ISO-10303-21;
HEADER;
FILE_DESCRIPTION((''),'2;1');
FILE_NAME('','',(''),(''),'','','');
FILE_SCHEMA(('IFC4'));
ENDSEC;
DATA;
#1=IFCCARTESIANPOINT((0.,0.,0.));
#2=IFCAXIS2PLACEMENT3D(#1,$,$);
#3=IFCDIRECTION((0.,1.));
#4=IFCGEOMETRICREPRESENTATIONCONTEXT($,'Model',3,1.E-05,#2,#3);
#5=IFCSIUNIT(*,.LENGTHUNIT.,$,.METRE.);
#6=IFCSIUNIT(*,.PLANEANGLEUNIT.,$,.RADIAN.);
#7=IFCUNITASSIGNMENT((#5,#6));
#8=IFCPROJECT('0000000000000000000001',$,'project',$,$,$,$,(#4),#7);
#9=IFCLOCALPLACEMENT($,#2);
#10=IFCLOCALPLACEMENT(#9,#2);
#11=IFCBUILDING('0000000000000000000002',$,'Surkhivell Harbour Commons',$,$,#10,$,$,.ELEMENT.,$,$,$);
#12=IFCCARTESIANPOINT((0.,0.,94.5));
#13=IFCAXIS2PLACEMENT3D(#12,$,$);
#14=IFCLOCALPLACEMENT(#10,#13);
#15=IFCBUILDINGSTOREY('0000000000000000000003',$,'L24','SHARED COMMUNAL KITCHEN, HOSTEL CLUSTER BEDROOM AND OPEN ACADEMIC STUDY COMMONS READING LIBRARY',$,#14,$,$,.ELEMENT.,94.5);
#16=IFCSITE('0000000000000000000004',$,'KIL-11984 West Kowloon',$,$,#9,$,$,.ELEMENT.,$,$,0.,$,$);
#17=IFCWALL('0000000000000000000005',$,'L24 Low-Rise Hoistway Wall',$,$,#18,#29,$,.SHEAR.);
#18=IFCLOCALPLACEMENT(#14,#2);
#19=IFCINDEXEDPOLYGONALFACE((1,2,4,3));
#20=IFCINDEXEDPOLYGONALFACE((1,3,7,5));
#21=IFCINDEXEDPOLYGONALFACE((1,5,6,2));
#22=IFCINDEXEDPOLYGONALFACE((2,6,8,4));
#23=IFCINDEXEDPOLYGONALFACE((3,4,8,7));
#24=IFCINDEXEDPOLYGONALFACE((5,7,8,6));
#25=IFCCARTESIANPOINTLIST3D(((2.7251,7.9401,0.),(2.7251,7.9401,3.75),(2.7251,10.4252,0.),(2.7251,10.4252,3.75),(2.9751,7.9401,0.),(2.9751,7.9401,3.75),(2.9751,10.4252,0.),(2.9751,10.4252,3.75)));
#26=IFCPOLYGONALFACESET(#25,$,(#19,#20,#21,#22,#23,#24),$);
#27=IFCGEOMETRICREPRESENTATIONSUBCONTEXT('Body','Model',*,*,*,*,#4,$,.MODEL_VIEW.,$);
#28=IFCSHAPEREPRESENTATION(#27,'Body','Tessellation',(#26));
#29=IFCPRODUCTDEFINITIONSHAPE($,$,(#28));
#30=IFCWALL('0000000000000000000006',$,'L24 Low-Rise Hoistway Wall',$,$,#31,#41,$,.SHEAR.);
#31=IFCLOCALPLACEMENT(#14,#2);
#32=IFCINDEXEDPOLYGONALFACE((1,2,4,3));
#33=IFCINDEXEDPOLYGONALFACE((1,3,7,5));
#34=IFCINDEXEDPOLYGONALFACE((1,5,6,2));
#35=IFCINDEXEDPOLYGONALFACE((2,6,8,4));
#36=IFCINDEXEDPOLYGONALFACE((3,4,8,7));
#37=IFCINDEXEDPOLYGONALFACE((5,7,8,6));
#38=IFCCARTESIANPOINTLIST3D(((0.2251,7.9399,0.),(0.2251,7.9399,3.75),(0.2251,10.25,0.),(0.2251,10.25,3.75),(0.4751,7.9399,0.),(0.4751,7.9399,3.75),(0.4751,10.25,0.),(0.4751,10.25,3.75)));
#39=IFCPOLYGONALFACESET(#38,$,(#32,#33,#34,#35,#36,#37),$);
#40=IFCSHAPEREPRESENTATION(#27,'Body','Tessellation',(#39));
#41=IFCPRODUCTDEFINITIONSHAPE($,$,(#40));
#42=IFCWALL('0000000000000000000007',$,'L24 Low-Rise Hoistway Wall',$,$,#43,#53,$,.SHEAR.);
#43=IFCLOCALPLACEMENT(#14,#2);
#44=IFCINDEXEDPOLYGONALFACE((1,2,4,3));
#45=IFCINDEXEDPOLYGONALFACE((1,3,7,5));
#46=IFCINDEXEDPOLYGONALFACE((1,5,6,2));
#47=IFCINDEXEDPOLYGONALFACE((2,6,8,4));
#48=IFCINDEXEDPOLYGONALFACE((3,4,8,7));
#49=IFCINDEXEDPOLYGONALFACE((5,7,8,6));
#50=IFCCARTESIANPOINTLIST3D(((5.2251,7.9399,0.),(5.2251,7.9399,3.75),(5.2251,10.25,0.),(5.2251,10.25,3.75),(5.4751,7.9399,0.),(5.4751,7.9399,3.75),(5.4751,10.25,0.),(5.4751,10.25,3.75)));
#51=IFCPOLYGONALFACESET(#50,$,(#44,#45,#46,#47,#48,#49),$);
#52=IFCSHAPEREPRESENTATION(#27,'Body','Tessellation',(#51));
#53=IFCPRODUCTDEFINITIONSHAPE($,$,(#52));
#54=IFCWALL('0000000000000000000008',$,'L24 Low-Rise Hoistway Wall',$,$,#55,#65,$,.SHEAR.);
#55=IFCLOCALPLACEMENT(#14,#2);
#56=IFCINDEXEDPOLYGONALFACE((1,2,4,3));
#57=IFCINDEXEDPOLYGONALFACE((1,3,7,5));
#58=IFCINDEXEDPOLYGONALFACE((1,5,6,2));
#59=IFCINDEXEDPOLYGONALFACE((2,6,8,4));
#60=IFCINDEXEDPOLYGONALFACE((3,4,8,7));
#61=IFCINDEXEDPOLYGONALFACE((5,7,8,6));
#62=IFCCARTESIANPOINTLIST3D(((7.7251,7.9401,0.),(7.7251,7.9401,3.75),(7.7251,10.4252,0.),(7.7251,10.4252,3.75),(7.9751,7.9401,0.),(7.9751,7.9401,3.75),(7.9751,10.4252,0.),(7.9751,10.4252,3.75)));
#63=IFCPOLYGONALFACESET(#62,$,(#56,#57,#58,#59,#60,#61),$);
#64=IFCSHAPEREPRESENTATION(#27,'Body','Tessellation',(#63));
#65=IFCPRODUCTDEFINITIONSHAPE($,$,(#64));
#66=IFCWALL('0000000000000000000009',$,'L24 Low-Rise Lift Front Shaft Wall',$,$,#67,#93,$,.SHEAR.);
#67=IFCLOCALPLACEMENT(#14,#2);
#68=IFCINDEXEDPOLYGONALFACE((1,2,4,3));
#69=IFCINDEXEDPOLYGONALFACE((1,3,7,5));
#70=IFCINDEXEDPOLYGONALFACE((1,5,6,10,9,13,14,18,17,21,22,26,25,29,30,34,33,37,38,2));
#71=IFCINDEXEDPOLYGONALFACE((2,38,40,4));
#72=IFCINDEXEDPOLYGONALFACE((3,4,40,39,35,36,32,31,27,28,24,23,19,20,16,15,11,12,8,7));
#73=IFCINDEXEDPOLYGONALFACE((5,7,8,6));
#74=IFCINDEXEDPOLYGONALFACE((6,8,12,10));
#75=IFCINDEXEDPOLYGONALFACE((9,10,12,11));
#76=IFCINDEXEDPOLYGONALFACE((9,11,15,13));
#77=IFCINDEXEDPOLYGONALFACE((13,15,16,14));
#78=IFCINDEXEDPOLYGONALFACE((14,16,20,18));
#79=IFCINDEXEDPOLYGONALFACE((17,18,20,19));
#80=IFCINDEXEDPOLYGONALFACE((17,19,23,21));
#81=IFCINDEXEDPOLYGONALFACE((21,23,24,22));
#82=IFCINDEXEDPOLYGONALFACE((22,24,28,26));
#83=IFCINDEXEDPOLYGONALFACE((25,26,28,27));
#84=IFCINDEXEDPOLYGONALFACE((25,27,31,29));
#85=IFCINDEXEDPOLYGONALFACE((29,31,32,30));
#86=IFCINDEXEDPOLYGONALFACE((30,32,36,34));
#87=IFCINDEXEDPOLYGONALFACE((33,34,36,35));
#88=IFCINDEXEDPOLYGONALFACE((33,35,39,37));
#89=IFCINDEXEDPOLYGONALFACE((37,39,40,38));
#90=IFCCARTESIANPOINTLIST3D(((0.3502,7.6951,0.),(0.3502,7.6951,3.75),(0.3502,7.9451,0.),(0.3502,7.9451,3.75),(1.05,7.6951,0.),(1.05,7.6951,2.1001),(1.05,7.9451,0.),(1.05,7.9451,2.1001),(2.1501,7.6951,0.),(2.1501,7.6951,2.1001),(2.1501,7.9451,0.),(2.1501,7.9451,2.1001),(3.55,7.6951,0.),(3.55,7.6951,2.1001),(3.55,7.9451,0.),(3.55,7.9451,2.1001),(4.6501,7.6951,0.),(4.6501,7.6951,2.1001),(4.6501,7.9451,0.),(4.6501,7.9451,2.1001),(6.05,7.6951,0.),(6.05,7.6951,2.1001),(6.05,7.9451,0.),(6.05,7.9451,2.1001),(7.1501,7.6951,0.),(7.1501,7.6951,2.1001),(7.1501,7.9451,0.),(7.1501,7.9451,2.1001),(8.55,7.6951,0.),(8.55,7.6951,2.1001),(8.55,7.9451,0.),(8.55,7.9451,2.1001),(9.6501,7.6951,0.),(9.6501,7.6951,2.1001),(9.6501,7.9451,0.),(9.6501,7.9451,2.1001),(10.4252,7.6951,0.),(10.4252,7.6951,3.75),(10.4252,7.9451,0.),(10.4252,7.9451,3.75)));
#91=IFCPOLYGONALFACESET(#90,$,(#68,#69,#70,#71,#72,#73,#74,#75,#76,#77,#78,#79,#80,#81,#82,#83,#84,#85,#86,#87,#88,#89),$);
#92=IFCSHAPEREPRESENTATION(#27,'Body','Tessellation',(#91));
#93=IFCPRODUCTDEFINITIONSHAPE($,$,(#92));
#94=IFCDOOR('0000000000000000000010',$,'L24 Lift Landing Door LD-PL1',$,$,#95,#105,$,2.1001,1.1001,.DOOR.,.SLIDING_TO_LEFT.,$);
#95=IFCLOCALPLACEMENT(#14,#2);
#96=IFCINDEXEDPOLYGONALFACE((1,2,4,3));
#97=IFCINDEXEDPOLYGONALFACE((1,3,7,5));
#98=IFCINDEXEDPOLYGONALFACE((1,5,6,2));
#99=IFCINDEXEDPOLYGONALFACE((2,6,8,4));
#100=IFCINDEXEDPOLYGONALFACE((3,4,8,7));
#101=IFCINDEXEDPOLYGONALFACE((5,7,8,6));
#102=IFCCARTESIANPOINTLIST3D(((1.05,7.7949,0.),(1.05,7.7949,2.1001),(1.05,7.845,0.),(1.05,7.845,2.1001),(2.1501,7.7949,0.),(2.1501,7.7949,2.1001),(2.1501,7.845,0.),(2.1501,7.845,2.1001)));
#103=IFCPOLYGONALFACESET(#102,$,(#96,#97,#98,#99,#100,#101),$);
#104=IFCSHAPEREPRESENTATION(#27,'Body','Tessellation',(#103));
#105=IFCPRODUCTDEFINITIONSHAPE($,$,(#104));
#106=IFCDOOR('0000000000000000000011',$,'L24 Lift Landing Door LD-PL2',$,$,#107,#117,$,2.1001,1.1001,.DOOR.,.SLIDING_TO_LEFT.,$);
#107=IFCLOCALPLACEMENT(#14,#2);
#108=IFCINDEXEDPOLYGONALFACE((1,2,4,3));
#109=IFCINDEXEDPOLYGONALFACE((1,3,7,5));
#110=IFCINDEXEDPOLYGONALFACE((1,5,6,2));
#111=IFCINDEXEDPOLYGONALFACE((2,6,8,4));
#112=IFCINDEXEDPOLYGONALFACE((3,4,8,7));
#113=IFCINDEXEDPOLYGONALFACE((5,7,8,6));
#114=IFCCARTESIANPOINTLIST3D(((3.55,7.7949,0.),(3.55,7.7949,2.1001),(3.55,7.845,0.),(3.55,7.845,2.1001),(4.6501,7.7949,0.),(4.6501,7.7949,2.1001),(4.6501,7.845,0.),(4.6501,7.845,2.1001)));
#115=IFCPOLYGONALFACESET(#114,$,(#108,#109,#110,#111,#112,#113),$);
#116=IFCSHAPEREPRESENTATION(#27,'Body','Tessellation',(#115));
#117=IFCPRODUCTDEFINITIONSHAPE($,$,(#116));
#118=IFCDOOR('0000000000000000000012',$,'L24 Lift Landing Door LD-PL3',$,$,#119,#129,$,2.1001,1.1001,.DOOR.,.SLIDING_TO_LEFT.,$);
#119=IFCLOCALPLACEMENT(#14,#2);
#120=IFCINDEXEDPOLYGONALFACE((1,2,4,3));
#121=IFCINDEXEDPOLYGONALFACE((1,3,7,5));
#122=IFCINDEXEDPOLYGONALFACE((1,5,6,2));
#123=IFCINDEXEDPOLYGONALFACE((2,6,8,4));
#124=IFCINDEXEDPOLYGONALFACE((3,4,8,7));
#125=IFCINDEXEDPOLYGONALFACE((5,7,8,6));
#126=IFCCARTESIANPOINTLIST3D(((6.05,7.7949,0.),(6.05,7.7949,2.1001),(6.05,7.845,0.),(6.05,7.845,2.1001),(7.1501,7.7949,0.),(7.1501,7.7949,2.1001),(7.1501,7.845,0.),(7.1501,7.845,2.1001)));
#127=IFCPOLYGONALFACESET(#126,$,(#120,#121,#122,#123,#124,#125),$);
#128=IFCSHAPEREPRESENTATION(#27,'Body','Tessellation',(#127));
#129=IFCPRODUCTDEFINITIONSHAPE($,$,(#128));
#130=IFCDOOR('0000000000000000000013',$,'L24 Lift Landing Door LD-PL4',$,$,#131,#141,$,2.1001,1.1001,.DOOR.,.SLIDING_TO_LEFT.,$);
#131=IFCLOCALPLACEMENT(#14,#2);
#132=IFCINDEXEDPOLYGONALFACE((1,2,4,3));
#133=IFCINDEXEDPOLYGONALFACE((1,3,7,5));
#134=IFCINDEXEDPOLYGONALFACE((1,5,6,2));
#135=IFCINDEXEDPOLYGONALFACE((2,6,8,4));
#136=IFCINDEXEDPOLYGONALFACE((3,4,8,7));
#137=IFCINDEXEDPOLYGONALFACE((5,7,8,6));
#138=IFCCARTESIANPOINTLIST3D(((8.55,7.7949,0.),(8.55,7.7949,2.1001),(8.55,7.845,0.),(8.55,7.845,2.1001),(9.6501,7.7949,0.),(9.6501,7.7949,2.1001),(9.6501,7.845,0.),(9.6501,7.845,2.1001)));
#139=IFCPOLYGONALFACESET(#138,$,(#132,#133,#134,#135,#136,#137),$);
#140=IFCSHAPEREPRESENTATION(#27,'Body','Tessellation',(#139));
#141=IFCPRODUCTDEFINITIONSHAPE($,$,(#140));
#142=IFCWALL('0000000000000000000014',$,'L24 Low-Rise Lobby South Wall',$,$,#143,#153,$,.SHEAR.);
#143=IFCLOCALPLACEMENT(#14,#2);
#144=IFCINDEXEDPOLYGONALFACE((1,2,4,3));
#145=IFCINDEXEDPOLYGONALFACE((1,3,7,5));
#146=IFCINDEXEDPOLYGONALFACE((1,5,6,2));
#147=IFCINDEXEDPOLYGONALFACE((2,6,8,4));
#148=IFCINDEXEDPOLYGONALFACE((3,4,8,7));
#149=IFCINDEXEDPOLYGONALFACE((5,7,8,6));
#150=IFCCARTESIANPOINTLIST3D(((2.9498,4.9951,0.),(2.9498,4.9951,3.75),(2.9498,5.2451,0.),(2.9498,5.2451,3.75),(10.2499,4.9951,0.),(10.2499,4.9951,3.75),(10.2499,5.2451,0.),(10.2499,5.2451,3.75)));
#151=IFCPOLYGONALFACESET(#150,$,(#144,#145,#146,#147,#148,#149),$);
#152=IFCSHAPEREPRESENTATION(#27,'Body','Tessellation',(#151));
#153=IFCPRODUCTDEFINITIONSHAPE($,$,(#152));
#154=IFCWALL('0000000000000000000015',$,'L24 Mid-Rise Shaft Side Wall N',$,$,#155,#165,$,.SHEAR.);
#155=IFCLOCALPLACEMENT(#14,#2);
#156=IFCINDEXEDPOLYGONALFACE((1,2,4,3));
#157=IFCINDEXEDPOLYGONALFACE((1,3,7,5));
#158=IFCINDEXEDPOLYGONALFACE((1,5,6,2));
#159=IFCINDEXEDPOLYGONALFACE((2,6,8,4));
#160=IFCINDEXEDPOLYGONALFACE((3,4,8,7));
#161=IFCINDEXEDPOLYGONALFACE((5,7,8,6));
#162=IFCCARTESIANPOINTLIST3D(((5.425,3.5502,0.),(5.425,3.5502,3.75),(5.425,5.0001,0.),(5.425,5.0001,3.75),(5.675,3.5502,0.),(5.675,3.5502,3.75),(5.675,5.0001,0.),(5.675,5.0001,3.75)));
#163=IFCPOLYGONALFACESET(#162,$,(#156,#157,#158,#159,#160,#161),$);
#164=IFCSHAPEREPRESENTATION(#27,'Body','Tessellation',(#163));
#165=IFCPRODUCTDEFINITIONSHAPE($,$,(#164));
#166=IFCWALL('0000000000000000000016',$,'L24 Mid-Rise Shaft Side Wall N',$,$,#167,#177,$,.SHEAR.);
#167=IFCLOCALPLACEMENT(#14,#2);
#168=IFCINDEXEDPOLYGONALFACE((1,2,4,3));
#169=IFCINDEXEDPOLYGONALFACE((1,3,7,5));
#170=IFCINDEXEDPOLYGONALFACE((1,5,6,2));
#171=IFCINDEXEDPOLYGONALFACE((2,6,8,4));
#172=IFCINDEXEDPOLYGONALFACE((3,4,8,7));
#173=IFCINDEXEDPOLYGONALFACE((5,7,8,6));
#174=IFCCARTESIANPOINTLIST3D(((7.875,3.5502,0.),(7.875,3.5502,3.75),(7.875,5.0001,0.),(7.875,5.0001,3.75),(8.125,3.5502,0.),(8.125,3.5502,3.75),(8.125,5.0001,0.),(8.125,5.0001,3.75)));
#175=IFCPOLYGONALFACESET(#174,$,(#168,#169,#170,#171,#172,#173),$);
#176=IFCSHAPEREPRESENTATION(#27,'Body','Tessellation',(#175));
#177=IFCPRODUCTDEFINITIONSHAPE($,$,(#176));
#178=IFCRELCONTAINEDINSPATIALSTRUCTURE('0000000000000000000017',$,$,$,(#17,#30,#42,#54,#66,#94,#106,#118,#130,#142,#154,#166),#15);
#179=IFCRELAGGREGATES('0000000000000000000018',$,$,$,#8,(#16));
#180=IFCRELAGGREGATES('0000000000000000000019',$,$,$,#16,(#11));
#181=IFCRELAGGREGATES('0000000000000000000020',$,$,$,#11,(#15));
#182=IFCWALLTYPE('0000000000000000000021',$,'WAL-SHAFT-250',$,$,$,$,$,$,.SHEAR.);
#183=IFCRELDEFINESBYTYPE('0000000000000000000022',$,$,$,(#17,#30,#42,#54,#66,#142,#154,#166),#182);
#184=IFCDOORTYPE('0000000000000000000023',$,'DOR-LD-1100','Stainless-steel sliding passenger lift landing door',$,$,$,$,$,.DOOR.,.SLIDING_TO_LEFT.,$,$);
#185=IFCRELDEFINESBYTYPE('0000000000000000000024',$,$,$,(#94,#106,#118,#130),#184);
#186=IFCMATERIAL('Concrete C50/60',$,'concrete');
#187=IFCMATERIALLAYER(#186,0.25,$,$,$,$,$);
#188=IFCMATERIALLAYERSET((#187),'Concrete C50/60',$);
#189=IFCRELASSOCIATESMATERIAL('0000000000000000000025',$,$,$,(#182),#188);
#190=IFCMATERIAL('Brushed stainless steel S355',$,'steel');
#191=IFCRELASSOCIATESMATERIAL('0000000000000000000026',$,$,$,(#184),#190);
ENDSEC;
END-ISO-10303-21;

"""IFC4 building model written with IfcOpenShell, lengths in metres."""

from ifc_helpers import new_model, si_unit, direction, frame, frame_2d, origin, place, context, subcontext, project, spatial, rectangle, extrude, material, layer, layer_set, type_object, element, fill, save


model = new_model("IFC4")

# Units and contexts
model_context = context("Model", 3, precision=1e-05, world=origin(), true_north=direction((0.0, 1.0)))
body_context = subcontext(model_context, "Body", "Model", "MODEL_VIEW")
ifc_project = project(units=[si_unit("LENGTHUNIT", "METRE"), si_unit("PLANEANGLEUNIT", "RADIAN")], contexts=[model_context])

# Site, building, storey
site_placement = place(None, origin())
site = spatial("IfcSite", under=ifc_project, at=site_placement, Name="KIL-11984 West Kowloon", CompositionType="ELEMENT", RefElevation=0.0)
building_placement = place(site_placement, origin())
building = spatial("IfcBuilding", under=site, at=building_placement, Name="Surkhivell Harbour Commons", CompositionType="ELEMENT")
storey_placement = place(building_placement, frame((0.0, 0.0, 94.5)))
storey = spatial("IfcBuildingStorey", under=building, at=storey_placement, Name="L24", Description="SHARED COMMUNAL KITCHEN, HOSTEL CLUSTER BEDROOM AND OPEN ACADEMIC STUDY COMMONS READING LIBRARY", CompositionType="ELEMENT", Elevation=94.5)

# Walls
ifc_material_1 = material(Name="Concrete C50/60", Category="concrete")
ifc_layer_1 = layer(ifc_material_1, 0.25)
ifc_layer_set_1 = layer_set([ifc_layer_1], Name="Concrete C50/60")
wall_type_1 = type_object("IfcWallType", Name="WAL-SHAFT-250", PredefinedType="SHEAR", material=ifc_layer_set_1)
wall_1_placement = place(storey_placement, frame((2.8501, 7.9399, 0.0), z_axis=(0.0, 0.0, 1.0), x_axis=(0.0, 1.0, 0.0)))
element("IfcWall", 1, at=wall_1_placement, inside=storey, type_object=wall_type_1, Name="L24 Low-Rise Hoistway Wall", PredefinedType="SHEAR", context=body_context, shape_type="SweptSolid", body=[
    extrude(rectangle(XDim=2.4851, YDim=0.25, at=frame_2d((1.2427, 0.0))), origin(), (0.0, 0.0, 1.0), 3.75),
])
for number, where, z_axis, x_axis, name in (
    (2, (0.3501, 7.9399, 0.0), (0.0, 0.0, 1.0), (0.0, 1.0, 0.0), "L24 Low-Rise Hoistway Wall"),
    (3, (5.3501, 7.9399, 0.0), (0.0, 0.0, 1.0), (0.0, 1.0, 0.0), "L24 Low-Rise Hoistway Wall"),
):
    element("IfcWall", number, at=place(storey_placement, frame(where, z_axis=z_axis, x_axis=x_axis)), inside=storey, type_object=wall_type_1, Name=name, PredefinedType="SHEAR", context=body_context, shape_type="SweptSolid", body=[
        extrude(rectangle(XDim=2.3101, YDim=0.25, at=frame_2d((1.155, 0.0))), origin(), (0.0, 0.0, 1.0), 3.75),
    ])
wall_2_placement = place(storey_placement, frame((7.8501, 7.9399, 0.0), z_axis=(0.0, 0.0, 1.0), x_axis=(0.0, 1.0, 0.0)))
element("IfcWall", 4, at=wall_2_placement, inside=storey, type_object=wall_type_1, Name="L24 Low-Rise Hoistway Wall", PredefinedType="SHEAR", context=body_context, shape_type="SweptSolid", body=[
    extrude(rectangle(XDim=2.4851, YDim=0.25, at=frame_2d((1.2427, 0.0))), origin(), (0.0, 0.0, 1.0), 3.75),
])

# Wall, openings, doors
wall_3_placement = place(storey_placement, frame((0.3501, 7.8201, 0.0), z_axis=(0.0, 0.0, 1.0), x_axis=(1.0, 0.0, 0.0)))
wall_3 = element("IfcWall", 5, at=wall_3_placement, inside=storey, type_object=wall_type_1, Name="L24 Low-Rise Lift Front Shaft Wall", PredefinedType="SHEAR", context=body_context, shape_type="SweptSolid", body=[
    extrude(rectangle(XDim=10.075, YDim=0.25, at=frame_2d((5.0376, 0.0))), origin(), (0.0, 0.0, 1.0), 3.75),
])
opening_1_placement = place(wall_3_placement, frame((0.7, 0.0, 0.0)))
opening_1 = element("IfcOpeningElement", 6, at=opening_1_placement, cuts=wall_3, PredefinedType="OPENING", context=body_context, shape_type="SweptSolid", body=[
    extrude(rectangle(XDim=1.1001, YDim=2.1001, at=frame_2d((0.55, 1.05))), frame((0.0, 0.135, 0.0), z_axis=(0.0, -1.0, 0.0), x_axis=(1.0, 0.0, 0.0)), (0.0, 0.0, 1.0), 0.27),
])
opening_2_placement = place(wall_3_placement, frame((3.2, 0.0, 0.0)))
opening_2 = element("IfcOpeningElement", 7, at=opening_2_placement, cuts=wall_3, PredefinedType="OPENING", context=body_context, shape_type="SweptSolid", body=[
    extrude(rectangle(XDim=1.1001, YDim=2.1001, at=frame_2d((0.55, 1.05))), frame((0.0, 0.135, 0.0), z_axis=(0.0, -1.0, 0.0), x_axis=(1.0, 0.0, 0.0)), (0.0, 0.0, 1.0), 0.27),
])
opening_3_placement = place(wall_3_placement, frame((5.7, 0.0, 0.0)))
opening_3 = element("IfcOpeningElement", 8, at=opening_3_placement, cuts=wall_3, PredefinedType="OPENING", context=body_context, shape_type="SweptSolid", body=[
    extrude(rectangle(XDim=1.1001, YDim=2.1001, at=frame_2d((0.55, 1.05))), frame((0.0, 0.135, 0.0), z_axis=(0.0, -1.0, 0.0), x_axis=(1.0, 0.0, 0.0)), (0.0, 0.0, 1.0), 0.27),
])
opening_4_placement = place(wall_3_placement, frame((8.2, 0.0, 0.0)))
opening_4 = element("IfcOpeningElement", 9, at=opening_4_placement, cuts=wall_3, PredefinedType="OPENING", context=body_context, shape_type="SweptSolid", body=[
    extrude(rectangle(XDim=1.1001, YDim=2.1001, at=frame_2d((0.55, 1.05))), frame((0.0, 0.135, 0.0), z_axis=(0.0, -1.0, 0.0), x_axis=(1.0, 0.0, 0.0)), (0.0, 0.0, 1.0), 0.27),
])
ifc_material_2 = material(Name="Brushed stainless steel S355", Category="steel")
door_type_1 = type_object("IfcDoorType", Name="DOR-LD-1100", Description="Stainless-steel sliding passenger lift landing door", OperationType="SLIDING_TO_LEFT", PredefinedType="DOOR", material=ifc_material_2)
door_1_placement = place(opening_1_placement, origin())
door_1 = element("IfcDoor", 10, at=door_1_placement, inside=storey, type_object=door_type_1, Name="L24 Lift Landing Door LD-PL1", OperationType="SLIDING_TO_LEFT", OverallHeight=2.1001, OverallWidth=1.1001, PredefinedType="DOOR", context=body_context, shape_type="SweptSolid", body=[
    extrude(rectangle(XDim=1.1001, YDim=2.1001, at=frame_2d((0.55, 1.05))), frame((0.0, 0.0249, 0.0), z_axis=(0.0, -1.0, 0.0), x_axis=(1.0, 0.0, 0.0)), (0.0, 0.0, 1.0), 0.05),
])
fill(opening_1, door_1)
door_2_placement = place(opening_2_placement, origin())
door_2 = element("IfcDoor", 11, at=door_2_placement, inside=storey, type_object=door_type_1, Name="L24 Lift Landing Door LD-PL2", OperationType="SLIDING_TO_LEFT", OverallHeight=2.1001, OverallWidth=1.1001, PredefinedType="DOOR", context=body_context, shape_type="SweptSolid", body=[
    extrude(rectangle(XDim=1.1001, YDim=2.1001, at=frame_2d((0.55, 1.05))), frame((0.0, 0.0249, 0.0), z_axis=(0.0, -1.0, 0.0), x_axis=(1.0, 0.0, 0.0)), (0.0, 0.0, 1.0), 0.05),
])
fill(opening_2, door_2)
door_3_placement = place(opening_3_placement, origin())
door_3 = element("IfcDoor", 12, at=door_3_placement, inside=storey, type_object=door_type_1, Name="L24 Lift Landing Door LD-PL3", OperationType="SLIDING_TO_LEFT", OverallHeight=2.1001, OverallWidth=1.1001, PredefinedType="DOOR", context=body_context, shape_type="SweptSolid", body=[
    extrude(rectangle(XDim=1.1001, YDim=2.1001, at=frame_2d((0.55, 1.05))), frame((0.0, 0.0249, 0.0), z_axis=(0.0, -1.0, 0.0), x_axis=(1.0, 0.0, 0.0)), (0.0, 0.0, 1.0), 0.05),
])
fill(opening_3, door_3)
door_4_placement = place(opening_4_placement, origin())
door_4 = element("IfcDoor", 13, at=door_4_placement, inside=storey, type_object=door_type_1, Name="L24 Lift Landing Door LD-PL4", OperationType="SLIDING_TO_LEFT", OverallHeight=2.1001, OverallWidth=1.1001, PredefinedType="DOOR", context=body_context, shape_type="SweptSolid", body=[
    extrude(rectangle(XDim=1.1001, YDim=2.1001, at=frame_2d((0.55, 1.05))), frame((0.0, 0.0249, 0.0), z_axis=(0.0, -1.0, 0.0), x_axis=(1.0, 0.0, 0.0)), (0.0, 0.0, 1.0), 0.05),
])
fill(opening_4, door_4)

# Walls
wall_4_placement = place(storey_placement, frame((2.95, 5.1201, 0.0), z_axis=(0.0, 0.0, 1.0), x_axis=(1.0, 0.0, 0.0)))
element("IfcWall", 14, at=wall_4_placement, inside=storey, type_object=wall_type_1, Name="L24 Low-Rise Lobby South Wall", PredefinedType="SHEAR", context=body_context, shape_type="SweptSolid", body=[
    extrude(rectangle(XDim=7.3, YDim=0.25, at=frame_2d((3.6499, 0.0))), origin(), (0.0, 0.0, 1.0), 3.75),
])
for number, where, z_axis, x_axis, name in (
    (15, (5.55, 3.55, 0.0), (0.0, 0.0, 1.0), (0.0, 1.0, 0.0), "L24 Mid-Rise Shaft Side Wall N"),
    (16, (8.0, 3.55, 0.0), (0.0, 0.0, 1.0), (0.0, 1.0, 0.0), "L24 Mid-Rise Shaft Side Wall N"),
):
    element("IfcWall", number, at=place(storey_placement, frame(where, z_axis=z_axis, x_axis=x_axis)), inside=storey, type_object=wall_type_1, Name=name, PredefinedType="SHEAR", context=body_context, shape_type="SweptSolid", body=[
        extrude(rectangle(XDim=1.45, YDim=0.25, at=frame_2d((0.7251, 0.0))), origin(), (0.0, 0.0, 1.0), 3.75),
    ])

save(model, "model.ifc")
